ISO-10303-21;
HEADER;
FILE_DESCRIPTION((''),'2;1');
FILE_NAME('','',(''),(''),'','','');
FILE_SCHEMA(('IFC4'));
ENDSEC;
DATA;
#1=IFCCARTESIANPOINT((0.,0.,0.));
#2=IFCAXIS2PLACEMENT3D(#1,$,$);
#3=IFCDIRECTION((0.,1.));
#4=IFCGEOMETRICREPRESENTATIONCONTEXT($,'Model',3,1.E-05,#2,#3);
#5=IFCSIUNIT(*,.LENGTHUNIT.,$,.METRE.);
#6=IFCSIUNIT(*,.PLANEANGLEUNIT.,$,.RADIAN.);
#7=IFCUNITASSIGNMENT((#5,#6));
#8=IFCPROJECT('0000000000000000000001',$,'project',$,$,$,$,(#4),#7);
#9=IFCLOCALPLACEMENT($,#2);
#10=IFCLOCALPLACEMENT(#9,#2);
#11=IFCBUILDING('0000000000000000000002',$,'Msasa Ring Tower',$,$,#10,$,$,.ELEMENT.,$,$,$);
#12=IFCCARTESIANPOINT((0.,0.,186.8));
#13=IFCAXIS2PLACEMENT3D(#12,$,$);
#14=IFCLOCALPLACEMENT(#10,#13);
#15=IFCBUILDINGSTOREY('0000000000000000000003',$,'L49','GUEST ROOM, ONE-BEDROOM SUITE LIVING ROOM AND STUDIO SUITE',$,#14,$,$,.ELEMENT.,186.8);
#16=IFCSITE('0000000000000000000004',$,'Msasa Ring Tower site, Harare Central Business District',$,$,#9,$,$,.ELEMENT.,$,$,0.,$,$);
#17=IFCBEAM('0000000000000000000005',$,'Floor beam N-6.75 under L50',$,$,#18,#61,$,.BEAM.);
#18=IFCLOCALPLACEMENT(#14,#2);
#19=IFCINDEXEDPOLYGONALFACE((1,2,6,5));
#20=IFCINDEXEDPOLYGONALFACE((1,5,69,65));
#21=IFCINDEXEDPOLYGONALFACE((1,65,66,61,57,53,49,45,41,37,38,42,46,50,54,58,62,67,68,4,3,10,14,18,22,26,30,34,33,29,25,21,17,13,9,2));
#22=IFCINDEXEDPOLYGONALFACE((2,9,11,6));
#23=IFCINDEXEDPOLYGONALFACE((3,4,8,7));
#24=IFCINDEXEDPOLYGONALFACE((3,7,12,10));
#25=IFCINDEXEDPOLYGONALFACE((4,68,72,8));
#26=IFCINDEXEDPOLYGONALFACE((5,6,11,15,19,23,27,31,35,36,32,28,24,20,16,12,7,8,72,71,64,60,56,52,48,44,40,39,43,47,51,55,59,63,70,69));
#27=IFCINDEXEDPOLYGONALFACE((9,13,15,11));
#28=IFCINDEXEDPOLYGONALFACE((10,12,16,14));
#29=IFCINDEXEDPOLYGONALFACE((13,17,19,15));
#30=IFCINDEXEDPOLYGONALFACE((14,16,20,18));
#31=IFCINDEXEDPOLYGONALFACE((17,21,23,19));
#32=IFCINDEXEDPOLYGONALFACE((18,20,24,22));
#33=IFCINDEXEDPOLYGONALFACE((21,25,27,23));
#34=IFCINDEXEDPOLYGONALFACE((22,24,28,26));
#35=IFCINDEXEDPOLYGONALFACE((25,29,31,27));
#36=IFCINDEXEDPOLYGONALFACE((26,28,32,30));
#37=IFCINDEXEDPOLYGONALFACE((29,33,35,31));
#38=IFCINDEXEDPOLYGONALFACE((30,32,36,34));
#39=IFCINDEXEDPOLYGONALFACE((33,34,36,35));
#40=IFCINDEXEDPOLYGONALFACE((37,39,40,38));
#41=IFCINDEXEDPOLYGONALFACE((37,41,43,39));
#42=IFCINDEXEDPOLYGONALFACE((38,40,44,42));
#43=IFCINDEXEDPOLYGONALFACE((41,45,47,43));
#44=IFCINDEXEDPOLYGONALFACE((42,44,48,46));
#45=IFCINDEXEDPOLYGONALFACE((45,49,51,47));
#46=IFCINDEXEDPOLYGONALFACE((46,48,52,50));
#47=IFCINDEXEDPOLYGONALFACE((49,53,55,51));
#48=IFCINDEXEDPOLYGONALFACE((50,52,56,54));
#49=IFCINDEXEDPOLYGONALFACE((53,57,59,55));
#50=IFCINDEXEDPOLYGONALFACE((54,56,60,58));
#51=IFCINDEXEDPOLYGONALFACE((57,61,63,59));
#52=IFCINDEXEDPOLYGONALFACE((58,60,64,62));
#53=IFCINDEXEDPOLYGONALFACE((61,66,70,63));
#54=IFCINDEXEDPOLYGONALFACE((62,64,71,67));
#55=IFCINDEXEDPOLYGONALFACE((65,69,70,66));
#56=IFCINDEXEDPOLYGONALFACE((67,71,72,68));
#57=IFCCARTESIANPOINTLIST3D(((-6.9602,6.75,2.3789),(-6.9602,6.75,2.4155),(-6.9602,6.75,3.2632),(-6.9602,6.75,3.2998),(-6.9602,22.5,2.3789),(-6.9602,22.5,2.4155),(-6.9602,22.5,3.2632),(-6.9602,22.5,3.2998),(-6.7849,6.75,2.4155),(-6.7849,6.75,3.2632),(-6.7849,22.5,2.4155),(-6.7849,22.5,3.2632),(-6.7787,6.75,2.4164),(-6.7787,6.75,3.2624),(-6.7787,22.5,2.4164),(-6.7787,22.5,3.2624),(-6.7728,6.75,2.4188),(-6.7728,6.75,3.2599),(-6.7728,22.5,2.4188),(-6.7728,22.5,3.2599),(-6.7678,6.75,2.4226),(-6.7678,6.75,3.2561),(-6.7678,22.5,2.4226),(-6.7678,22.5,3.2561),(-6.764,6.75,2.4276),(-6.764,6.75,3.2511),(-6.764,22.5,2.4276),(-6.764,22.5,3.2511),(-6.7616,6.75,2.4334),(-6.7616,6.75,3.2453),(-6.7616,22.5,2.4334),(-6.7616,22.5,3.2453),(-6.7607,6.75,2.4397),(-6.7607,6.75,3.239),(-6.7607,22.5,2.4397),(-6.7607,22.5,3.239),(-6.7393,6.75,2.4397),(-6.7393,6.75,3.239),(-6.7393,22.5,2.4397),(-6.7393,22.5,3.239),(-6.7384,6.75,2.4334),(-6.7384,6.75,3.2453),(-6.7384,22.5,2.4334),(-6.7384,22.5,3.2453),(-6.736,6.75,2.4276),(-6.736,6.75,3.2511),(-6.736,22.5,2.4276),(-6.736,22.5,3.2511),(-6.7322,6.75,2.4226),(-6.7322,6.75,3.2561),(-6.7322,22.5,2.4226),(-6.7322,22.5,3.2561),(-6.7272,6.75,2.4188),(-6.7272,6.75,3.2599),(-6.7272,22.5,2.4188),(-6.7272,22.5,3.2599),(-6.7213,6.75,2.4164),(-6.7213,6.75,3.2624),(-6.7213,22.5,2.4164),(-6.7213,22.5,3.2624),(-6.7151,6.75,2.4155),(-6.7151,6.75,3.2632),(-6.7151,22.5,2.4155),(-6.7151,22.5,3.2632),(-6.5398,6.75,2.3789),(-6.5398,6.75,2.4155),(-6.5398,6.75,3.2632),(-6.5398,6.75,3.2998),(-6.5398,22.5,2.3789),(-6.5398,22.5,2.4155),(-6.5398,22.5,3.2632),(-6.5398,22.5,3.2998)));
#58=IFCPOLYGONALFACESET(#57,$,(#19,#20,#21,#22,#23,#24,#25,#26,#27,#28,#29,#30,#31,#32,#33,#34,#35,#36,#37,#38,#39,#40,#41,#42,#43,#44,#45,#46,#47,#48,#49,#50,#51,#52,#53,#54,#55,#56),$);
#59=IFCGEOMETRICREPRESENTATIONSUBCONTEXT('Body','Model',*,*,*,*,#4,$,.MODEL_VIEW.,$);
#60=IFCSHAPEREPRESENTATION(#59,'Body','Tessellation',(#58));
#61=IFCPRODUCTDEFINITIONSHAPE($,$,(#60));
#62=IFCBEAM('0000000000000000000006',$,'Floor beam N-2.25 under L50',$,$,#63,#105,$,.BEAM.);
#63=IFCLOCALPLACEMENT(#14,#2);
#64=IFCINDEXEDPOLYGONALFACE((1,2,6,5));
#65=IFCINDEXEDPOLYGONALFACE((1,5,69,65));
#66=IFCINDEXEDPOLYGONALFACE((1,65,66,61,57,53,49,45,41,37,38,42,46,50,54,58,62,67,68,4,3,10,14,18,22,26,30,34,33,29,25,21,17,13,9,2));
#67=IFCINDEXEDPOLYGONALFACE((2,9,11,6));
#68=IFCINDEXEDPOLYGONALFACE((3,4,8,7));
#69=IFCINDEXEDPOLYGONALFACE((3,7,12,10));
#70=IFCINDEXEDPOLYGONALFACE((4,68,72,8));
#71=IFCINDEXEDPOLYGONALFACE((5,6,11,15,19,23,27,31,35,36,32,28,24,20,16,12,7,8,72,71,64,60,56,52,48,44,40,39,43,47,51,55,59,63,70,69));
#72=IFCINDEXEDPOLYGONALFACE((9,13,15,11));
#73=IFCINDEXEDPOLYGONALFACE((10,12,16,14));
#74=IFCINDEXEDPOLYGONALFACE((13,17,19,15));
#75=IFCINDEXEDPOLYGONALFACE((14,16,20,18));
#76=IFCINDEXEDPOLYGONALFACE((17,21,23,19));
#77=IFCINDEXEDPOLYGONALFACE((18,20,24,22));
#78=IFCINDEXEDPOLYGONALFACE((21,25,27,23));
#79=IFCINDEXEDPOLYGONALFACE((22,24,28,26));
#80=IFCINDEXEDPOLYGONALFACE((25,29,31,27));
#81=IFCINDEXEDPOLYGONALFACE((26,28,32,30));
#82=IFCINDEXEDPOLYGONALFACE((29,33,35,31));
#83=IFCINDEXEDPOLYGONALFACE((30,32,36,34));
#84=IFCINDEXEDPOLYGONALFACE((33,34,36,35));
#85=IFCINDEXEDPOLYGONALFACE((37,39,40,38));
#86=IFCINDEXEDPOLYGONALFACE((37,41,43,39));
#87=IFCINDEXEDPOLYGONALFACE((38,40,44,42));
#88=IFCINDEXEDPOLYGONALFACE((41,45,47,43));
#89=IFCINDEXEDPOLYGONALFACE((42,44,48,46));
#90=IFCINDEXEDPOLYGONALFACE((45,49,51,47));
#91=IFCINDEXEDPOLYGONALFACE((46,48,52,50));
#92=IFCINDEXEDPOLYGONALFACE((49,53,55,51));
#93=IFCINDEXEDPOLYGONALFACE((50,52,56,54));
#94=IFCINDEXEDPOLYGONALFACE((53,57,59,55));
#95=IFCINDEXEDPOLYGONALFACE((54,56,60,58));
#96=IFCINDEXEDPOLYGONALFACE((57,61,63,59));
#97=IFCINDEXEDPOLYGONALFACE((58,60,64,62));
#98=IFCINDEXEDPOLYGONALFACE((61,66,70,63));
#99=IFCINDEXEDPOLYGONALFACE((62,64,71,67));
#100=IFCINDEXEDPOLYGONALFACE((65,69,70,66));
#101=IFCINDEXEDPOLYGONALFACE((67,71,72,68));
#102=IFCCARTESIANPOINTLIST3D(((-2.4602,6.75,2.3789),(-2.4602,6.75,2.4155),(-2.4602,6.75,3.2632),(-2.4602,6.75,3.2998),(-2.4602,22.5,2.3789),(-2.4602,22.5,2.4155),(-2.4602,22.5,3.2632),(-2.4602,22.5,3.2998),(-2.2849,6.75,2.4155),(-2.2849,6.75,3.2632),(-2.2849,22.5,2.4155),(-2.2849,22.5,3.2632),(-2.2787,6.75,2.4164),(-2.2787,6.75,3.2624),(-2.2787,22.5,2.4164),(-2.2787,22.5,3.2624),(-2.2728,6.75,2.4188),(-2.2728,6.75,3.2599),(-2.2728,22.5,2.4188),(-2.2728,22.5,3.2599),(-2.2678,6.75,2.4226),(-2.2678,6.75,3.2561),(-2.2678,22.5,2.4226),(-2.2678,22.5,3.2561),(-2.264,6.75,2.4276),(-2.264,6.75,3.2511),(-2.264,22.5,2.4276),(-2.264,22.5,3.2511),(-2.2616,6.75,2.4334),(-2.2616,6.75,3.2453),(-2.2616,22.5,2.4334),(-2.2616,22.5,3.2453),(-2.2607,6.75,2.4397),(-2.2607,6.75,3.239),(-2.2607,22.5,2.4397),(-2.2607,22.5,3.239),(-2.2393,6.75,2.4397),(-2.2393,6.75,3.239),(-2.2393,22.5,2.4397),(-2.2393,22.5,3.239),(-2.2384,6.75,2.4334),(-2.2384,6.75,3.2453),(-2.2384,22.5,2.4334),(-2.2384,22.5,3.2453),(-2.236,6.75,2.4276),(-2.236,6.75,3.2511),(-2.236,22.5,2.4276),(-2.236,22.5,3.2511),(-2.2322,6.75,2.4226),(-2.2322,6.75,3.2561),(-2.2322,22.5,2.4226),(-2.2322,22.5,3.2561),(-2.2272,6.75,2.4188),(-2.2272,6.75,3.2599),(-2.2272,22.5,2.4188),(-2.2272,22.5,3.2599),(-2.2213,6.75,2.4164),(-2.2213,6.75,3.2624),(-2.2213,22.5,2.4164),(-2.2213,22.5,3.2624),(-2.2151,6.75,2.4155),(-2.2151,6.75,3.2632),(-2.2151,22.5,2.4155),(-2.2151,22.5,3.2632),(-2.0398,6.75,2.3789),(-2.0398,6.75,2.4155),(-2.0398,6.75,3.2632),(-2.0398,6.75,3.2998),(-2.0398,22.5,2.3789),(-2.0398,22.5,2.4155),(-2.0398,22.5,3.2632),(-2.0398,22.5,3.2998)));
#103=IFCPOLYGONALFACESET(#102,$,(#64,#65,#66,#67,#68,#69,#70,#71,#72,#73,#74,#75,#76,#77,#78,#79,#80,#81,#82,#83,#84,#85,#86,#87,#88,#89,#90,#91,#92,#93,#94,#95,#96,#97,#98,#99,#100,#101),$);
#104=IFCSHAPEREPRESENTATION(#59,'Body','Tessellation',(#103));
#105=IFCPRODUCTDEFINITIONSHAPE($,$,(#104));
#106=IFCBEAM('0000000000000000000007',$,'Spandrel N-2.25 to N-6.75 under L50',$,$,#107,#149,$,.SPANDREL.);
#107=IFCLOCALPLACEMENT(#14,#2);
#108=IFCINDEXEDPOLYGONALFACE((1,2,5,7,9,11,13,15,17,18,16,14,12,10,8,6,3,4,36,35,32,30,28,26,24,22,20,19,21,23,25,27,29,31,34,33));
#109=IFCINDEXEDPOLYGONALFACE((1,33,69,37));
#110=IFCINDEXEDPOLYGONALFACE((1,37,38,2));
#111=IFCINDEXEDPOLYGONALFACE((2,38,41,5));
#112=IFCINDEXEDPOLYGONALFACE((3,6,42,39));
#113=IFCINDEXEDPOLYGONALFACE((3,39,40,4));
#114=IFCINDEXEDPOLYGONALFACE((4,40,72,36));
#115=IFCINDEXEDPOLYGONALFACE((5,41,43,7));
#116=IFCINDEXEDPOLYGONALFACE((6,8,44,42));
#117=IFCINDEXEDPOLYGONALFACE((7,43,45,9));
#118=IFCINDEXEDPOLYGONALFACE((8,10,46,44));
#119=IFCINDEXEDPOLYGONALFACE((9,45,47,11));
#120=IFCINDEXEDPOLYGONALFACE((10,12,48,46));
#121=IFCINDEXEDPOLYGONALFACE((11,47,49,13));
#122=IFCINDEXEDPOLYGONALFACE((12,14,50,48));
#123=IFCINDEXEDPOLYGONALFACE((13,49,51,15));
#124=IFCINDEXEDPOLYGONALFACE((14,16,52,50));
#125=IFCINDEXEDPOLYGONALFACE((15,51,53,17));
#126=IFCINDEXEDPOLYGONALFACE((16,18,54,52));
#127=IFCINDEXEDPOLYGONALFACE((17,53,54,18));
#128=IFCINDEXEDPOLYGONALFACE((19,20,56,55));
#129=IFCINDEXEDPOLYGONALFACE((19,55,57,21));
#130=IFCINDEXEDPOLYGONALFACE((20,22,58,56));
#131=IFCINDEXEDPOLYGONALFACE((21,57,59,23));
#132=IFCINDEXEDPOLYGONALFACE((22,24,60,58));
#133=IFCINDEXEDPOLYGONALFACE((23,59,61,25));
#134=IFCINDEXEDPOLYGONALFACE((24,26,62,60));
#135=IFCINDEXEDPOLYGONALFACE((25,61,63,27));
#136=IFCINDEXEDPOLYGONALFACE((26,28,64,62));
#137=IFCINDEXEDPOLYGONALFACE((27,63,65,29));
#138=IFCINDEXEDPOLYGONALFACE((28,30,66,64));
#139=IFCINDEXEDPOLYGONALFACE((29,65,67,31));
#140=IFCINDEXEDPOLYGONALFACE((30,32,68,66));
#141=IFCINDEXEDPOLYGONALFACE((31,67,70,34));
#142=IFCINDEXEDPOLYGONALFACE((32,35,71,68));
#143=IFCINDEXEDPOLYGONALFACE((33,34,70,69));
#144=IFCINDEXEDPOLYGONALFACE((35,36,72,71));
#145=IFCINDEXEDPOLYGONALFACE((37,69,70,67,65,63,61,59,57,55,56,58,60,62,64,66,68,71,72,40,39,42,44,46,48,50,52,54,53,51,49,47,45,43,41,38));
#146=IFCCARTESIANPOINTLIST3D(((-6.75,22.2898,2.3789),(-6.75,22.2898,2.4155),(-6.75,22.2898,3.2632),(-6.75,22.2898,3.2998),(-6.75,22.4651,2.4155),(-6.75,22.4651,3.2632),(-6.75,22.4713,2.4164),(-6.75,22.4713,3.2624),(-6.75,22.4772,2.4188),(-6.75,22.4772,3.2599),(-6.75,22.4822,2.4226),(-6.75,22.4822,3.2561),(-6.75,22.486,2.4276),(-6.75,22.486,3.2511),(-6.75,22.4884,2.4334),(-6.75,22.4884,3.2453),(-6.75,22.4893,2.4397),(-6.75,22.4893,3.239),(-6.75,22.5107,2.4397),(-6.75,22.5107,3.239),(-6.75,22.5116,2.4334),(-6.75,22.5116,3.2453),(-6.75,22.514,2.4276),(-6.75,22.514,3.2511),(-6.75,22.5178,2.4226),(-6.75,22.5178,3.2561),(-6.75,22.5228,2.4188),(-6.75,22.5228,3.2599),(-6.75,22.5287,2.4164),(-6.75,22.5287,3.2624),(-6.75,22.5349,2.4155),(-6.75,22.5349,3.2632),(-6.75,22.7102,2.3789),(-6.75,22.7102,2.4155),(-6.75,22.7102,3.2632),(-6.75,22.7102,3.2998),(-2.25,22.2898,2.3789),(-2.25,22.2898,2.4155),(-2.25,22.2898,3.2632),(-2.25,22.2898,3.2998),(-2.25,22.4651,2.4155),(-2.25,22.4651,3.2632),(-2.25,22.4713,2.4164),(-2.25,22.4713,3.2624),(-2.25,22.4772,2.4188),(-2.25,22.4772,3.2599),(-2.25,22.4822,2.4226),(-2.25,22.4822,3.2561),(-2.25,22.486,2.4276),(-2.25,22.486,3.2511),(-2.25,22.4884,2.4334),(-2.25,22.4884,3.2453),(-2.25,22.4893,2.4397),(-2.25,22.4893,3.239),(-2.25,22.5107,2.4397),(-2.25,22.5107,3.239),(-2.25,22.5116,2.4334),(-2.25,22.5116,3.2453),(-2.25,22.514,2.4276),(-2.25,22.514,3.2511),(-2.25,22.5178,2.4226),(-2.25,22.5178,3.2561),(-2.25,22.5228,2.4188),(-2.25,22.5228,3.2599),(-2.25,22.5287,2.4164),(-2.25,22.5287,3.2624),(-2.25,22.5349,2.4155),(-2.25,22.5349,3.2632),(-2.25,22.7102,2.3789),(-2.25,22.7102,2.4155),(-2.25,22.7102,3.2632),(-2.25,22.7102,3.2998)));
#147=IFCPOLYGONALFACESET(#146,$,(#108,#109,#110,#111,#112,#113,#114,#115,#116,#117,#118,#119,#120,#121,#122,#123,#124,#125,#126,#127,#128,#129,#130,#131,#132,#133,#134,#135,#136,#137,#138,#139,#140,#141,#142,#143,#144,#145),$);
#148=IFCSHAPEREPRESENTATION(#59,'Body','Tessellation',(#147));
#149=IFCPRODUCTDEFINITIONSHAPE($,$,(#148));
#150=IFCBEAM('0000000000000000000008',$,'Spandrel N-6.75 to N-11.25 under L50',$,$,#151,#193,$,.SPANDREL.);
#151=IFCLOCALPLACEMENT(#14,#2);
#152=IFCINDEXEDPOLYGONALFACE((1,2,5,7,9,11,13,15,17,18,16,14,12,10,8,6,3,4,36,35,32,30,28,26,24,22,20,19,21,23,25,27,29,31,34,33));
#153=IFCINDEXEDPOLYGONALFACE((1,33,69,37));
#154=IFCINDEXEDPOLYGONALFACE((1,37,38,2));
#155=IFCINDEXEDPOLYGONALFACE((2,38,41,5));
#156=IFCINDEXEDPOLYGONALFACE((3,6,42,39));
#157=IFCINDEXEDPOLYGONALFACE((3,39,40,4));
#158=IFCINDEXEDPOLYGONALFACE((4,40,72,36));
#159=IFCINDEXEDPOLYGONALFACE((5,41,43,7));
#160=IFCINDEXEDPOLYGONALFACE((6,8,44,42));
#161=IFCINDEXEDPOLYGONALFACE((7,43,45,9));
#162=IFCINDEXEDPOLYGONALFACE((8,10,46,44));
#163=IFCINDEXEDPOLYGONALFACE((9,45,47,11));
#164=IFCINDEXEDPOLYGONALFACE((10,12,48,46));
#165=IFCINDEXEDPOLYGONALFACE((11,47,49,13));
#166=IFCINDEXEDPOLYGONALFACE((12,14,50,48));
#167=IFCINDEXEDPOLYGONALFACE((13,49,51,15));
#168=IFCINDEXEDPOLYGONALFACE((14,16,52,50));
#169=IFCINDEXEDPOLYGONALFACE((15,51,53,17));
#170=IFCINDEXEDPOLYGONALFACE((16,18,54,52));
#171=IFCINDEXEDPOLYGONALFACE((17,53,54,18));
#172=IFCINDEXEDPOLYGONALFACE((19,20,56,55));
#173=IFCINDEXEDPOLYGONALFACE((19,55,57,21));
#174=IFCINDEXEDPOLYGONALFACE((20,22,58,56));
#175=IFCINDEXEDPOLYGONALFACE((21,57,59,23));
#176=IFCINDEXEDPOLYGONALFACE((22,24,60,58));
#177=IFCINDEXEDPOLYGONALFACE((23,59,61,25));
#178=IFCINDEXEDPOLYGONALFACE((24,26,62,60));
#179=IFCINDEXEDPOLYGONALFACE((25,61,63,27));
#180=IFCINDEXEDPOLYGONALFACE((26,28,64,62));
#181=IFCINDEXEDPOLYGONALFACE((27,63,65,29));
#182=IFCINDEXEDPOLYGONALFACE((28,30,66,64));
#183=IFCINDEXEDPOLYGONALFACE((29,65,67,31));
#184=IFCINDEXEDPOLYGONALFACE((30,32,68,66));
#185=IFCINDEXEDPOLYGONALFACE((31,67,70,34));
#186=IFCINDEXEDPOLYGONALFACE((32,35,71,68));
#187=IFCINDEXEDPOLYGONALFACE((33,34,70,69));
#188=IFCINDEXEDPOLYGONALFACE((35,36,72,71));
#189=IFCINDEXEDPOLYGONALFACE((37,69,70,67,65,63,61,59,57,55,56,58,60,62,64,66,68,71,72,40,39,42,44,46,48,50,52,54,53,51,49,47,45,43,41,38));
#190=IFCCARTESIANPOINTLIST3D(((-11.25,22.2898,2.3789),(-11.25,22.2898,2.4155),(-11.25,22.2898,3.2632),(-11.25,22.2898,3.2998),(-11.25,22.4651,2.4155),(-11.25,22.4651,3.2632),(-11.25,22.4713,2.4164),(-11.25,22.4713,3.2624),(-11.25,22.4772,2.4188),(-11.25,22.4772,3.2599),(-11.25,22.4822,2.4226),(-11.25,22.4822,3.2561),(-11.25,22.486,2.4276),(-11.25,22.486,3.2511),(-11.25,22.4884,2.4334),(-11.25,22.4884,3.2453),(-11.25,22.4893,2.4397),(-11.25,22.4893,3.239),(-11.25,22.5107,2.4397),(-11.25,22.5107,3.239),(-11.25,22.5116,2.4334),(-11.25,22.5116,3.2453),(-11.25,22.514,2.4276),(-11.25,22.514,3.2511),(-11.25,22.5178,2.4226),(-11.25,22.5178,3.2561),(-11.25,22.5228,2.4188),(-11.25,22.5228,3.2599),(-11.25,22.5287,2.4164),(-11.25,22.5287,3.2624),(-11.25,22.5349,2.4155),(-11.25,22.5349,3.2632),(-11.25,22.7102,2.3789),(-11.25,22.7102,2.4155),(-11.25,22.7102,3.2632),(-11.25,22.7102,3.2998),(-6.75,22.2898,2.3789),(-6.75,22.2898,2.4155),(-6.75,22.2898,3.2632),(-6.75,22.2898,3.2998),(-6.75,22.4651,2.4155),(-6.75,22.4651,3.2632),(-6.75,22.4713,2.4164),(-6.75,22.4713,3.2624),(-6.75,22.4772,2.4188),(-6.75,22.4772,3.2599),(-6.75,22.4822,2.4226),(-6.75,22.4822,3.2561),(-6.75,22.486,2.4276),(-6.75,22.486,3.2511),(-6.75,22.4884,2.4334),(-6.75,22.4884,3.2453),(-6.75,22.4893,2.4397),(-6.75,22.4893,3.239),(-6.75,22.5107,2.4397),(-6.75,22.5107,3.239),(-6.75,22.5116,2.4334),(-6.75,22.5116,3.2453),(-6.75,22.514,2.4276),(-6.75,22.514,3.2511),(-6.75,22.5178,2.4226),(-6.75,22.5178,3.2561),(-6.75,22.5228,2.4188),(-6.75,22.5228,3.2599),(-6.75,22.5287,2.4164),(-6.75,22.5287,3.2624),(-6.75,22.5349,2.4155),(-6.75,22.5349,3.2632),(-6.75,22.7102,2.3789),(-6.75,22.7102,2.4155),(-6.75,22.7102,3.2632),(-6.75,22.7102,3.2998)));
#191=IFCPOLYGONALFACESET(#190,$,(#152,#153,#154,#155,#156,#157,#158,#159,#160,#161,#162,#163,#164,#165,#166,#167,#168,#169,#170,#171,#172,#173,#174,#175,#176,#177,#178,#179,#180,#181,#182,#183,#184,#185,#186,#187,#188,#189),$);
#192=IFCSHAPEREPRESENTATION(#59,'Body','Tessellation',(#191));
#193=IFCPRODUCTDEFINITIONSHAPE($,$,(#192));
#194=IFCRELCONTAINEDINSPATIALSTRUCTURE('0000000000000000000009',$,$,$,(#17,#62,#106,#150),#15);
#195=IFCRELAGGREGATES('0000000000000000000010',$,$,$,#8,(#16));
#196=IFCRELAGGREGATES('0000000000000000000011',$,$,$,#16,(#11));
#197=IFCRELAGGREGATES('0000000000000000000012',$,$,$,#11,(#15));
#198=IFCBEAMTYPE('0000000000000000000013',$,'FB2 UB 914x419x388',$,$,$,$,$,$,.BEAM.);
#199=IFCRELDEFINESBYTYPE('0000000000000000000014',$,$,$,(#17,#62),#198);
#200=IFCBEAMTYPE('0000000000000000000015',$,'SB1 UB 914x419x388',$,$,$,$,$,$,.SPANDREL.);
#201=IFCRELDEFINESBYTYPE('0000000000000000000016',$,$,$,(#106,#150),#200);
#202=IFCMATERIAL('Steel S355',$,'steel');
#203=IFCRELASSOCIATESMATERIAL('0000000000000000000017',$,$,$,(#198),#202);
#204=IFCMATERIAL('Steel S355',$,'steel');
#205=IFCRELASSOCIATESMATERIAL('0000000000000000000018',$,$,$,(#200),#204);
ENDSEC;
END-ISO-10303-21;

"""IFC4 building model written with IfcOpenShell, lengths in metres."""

from ifc_helpers import new_model, si_unit, direction, frame, origin, origin_2d, place, context, subcontext, project, spatial, i_section, extrude, material, material_profile, profile_set, type_object, element, save


model = new_model("IFC4")

# Units and contexts
model_context = context("Model", 3, precision=1e-05, world=origin(), true_north=direction((0.0, 1.0)))
body_context = subcontext(model_context, "Body", "Model", "MODEL_VIEW")
ifc_project = project(units=[si_unit("LENGTHUNIT", "METRE"), si_unit("PLANEANGLEUNIT", "RADIAN")], contexts=[model_context])

# Site, building, storey
site_placement = place(None, origin())
site = spatial("IfcSite", under=ifc_project, at=site_placement, Name="Msasa Ring Tower site, Harare Central Business District", CompositionType="ELEMENT", RefElevation=0.0)
building_placement = place(site_placement, origin())
building = spatial("IfcBuilding", under=site, at=building_placement, Name="Msasa Ring Tower", CompositionType="ELEMENT")
storey_placement = place(building_placement, frame((0.0, 0.0, 186.8)))
storey = spatial("IfcBuildingStorey", under=building, at=storey_placement, Name="L49", Description="GUEST ROOM, ONE-BEDROOM SUITE LIVING ROOM AND STUDIO SUITE", CompositionType="ELEMENT", Elevation=186.8)

# Beams
ifc_material_1 = material(Name="Steel S355", Category="steel")
ifc_material_profile_1 = material_profile(ifc_material_1, i_section(OverallWidth=0.4204, OverallDepth=0.9209, WebThickness=0.0215, FlangeThickness=0.0366, FilletRadius=0.0242, at=origin_2d()), Name="UB 914x419x388")
ifc_profile_set_1 = profile_set([ifc_material_profile_1], Name="Steel S355")
beam_type_1 = type_object("IfcBeamType", Name="FB2 UB 914x419x388", PredefinedType="BEAM", material=ifc_profile_set_1)
for number, where, z_axis, x_axis, name in (
    (1, (-6.75, 22.5, 2.8394), (0.0, -1.0, 0.0), (1.0, 0.0, 0.0), "Floor beam N-6.75 under L50"),
    (2, (-2.25, 22.5, 2.8394), (0.0, -1.0, 0.0), (1.0, 0.0, 0.0), "Floor beam N-2.25 under L50"),
):
    element("IfcBeam", number, at=place(storey_placement, frame(where, z_axis=z_axis, x_axis=x_axis)), inside=storey, type_object=beam_type_1, Name=name, PredefinedType="BEAM", context=body_context, shape_type="SweptSolid", body=[
        extrude(i_section(OverallWidth=0.4204, OverallDepth=0.9209, WebThickness=0.0215, FlangeThickness=0.0366, FilletRadius=0.0242, at=origin_2d()), origin(), (0.0, 0.0, 1.0), 15.75),
    ])
ifc_material_2 = material(Name="Steel S355", Category="steel")
ifc_material_profile_2 = material_profile(ifc_material_2, i_section(OverallWidth=0.4204, OverallDepth=0.9209, WebThickness=0.0215, FlangeThickness=0.0366, FilletRadius=0.0242, at=origin_2d()), Name="UB 914x419x388")
ifc_profile_set_2 = profile_set([ifc_material_profile_2], Name="Steel S355")
beam_type_2 = type_object("IfcBeamType", Name="SB1 UB 914x419x388", PredefinedType="SPANDREL", material=ifc_profile_set_2)
for number, where, z_axis, x_axis, name in (
    (3, (-2.25, 22.5, 2.8394), (-1.0, 0.0, 0.0), (0.0, -1.0, 0.0), "Spandrel N-2.25 to N-6.75 under L50"),
    (4, (-6.75, 22.5, 2.8394), (-1.0, 0.0, 0.0), (0.0, -1.0, 0.0), "Spandrel N-6.75 to N-11.25 under L50"),
):
    element("IfcBeam", number, at=place(storey_placement, frame(where, z_axis=z_axis, x_axis=x_axis)), inside=storey, type_object=beam_type_2, Name=name, PredefinedType="SPANDREL", context=body_context, shape_type="SweptSolid", body=[
        extrude(i_section(OverallWidth=0.4204, OverallDepth=0.9209, WebThickness=0.0215, FlangeThickness=0.0366, FilletRadius=0.0242, at=origin_2d()), origin(), (0.0, 0.0, 1.0), 4.5),
    ])

save(model, "model.ifc")
